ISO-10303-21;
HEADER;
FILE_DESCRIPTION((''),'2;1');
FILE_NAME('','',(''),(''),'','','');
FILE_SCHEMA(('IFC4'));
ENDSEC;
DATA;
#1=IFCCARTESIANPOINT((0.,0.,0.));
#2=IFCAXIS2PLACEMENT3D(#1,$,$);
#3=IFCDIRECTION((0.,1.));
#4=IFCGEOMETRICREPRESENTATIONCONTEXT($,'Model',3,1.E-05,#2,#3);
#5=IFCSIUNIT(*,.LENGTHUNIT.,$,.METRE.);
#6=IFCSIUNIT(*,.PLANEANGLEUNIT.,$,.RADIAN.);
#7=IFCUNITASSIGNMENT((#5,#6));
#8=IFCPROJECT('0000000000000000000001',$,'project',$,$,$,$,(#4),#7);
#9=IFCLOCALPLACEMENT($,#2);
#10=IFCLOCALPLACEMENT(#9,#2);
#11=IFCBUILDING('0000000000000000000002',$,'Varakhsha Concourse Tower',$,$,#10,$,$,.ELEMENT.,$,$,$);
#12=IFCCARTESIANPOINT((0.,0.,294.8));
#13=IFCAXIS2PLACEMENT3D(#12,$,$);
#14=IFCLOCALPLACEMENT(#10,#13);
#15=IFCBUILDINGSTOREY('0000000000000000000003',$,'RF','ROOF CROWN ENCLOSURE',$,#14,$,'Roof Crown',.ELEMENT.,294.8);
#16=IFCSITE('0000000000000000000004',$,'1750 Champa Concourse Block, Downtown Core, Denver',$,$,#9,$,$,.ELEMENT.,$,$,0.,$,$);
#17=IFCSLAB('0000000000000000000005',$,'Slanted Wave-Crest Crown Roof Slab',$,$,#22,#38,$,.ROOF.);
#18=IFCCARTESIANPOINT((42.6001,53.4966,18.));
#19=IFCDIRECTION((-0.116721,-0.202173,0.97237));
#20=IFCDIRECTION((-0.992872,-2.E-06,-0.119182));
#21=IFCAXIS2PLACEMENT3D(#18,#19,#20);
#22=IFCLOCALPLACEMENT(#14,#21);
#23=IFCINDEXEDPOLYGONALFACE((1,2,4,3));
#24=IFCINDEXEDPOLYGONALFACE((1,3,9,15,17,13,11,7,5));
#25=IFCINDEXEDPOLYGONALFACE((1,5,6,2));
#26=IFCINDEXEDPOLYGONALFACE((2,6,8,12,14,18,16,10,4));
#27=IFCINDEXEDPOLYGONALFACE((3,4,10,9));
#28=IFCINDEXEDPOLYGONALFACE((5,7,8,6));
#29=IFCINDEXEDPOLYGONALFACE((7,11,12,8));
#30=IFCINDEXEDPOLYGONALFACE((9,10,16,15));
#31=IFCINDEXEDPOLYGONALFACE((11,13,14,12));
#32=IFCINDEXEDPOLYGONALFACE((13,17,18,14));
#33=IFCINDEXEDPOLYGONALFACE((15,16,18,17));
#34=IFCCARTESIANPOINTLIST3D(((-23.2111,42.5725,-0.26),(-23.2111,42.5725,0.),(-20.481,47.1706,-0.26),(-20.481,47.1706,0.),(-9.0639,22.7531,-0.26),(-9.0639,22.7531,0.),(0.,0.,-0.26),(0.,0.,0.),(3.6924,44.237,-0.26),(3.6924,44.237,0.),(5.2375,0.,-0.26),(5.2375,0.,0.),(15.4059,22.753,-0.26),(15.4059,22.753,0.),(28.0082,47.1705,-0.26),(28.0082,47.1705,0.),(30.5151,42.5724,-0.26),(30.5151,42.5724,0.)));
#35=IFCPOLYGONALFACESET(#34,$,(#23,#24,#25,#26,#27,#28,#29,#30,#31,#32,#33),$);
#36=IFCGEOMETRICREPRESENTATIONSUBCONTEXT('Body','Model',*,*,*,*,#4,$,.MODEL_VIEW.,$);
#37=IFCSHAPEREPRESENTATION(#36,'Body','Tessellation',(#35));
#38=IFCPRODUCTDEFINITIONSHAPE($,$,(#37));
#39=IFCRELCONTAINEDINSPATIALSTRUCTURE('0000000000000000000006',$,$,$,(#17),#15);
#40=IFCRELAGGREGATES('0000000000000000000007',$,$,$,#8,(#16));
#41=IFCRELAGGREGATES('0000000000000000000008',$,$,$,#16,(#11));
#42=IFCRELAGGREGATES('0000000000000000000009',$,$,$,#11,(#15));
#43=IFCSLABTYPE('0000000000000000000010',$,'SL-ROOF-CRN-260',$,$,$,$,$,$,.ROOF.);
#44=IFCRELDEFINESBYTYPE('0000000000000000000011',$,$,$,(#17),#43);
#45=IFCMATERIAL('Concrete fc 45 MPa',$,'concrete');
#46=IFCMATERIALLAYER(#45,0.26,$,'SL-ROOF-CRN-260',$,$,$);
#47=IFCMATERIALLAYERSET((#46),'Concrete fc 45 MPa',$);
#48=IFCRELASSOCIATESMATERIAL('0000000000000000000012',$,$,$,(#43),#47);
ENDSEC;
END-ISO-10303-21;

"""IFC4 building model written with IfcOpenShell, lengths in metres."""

from ifc_helpers import new_model, si_unit, direction, frame, origin, place, context, subcontext, project, spatial, polyline, outline, extrude, material, layer, layer_set, type_object, element, save


model = new_model("IFC4")

# Units and contexts
model_context = context("Model", 3, precision=1e-05, world=origin(), true_north=direction((0.0, 1.0)))
body_context = subcontext(model_context, "Body", "Model", "MODEL_VIEW")
ifc_project = project(units=[si_unit("LENGTHUNIT", "METRE"), si_unit("PLANEANGLEUNIT", "RADIAN")], contexts=[model_context])

# Site, building, storey
site_placement = place(None, origin())
site = spatial("IfcSite", under=ifc_project, at=site_placement, Name="1750 Champa Concourse Block, Downtown Core, Denver", CompositionType="ELEMENT", RefElevation=0.0)
building_placement = place(site_placement, origin())
building = spatial("IfcBuilding", under=site, at=building_placement, Name="Varakhsha Concourse Tower", CompositionType="ELEMENT")
storey_placement = place(building_placement, frame((0.0, 0.0, 294.8)))
storey = spatial("IfcBuildingStorey", under=building, at=storey_placement, Name="RF", Description="ROOF CROWN ENCLOSURE", LongName="Roof Crown", CompositionType="ELEMENT", Elevation=294.8)

# Slab
ifc_material_1 = material(Name="Concrete fc 45 MPa", Category="concrete")
ifc_layer_1 = layer(ifc_material_1, 0.26, Name="SL-ROOF-CRN-260")
ifc_layer_set_1 = layer_set([ifc_layer_1], Name="Concrete fc 45 MPa")
slab_type = type_object("IfcSlabType", Name="SL-ROOF-CRN-260", PredefinedType="ROOF", material=ifc_layer_set_1)
slab_placement = place(storey_placement, frame((42.6001, 53.4966, 18.0), z_axis=(-0.116721, -0.202173, 0.97237), x_axis=(-0.992872, -0.000002, -0.119182)))
element("IfcSlab", 1, at=slab_placement, inside=storey, type_object=slab_type, Name="Slanted Wave-Crest Crown Roof Slab", PredefinedType="ROOF", context=body_context, shape_type="SweptSolid", body=[
    extrude(outline(polyline([(0.0, 0.0), (5.2375, 0.0), (15.4059, 22.753), (30.5151, 42.5724), (28.0082, 47.1705), (3.6924, 44.237), (-20.481, 47.1706), (-23.2111, 42.5725), (-9.0639, 22.7531), (0.0, 0.0)])), origin(), (0.0, 0.0, -1.0), 0.26),
])

save(model, "model.ifc")
